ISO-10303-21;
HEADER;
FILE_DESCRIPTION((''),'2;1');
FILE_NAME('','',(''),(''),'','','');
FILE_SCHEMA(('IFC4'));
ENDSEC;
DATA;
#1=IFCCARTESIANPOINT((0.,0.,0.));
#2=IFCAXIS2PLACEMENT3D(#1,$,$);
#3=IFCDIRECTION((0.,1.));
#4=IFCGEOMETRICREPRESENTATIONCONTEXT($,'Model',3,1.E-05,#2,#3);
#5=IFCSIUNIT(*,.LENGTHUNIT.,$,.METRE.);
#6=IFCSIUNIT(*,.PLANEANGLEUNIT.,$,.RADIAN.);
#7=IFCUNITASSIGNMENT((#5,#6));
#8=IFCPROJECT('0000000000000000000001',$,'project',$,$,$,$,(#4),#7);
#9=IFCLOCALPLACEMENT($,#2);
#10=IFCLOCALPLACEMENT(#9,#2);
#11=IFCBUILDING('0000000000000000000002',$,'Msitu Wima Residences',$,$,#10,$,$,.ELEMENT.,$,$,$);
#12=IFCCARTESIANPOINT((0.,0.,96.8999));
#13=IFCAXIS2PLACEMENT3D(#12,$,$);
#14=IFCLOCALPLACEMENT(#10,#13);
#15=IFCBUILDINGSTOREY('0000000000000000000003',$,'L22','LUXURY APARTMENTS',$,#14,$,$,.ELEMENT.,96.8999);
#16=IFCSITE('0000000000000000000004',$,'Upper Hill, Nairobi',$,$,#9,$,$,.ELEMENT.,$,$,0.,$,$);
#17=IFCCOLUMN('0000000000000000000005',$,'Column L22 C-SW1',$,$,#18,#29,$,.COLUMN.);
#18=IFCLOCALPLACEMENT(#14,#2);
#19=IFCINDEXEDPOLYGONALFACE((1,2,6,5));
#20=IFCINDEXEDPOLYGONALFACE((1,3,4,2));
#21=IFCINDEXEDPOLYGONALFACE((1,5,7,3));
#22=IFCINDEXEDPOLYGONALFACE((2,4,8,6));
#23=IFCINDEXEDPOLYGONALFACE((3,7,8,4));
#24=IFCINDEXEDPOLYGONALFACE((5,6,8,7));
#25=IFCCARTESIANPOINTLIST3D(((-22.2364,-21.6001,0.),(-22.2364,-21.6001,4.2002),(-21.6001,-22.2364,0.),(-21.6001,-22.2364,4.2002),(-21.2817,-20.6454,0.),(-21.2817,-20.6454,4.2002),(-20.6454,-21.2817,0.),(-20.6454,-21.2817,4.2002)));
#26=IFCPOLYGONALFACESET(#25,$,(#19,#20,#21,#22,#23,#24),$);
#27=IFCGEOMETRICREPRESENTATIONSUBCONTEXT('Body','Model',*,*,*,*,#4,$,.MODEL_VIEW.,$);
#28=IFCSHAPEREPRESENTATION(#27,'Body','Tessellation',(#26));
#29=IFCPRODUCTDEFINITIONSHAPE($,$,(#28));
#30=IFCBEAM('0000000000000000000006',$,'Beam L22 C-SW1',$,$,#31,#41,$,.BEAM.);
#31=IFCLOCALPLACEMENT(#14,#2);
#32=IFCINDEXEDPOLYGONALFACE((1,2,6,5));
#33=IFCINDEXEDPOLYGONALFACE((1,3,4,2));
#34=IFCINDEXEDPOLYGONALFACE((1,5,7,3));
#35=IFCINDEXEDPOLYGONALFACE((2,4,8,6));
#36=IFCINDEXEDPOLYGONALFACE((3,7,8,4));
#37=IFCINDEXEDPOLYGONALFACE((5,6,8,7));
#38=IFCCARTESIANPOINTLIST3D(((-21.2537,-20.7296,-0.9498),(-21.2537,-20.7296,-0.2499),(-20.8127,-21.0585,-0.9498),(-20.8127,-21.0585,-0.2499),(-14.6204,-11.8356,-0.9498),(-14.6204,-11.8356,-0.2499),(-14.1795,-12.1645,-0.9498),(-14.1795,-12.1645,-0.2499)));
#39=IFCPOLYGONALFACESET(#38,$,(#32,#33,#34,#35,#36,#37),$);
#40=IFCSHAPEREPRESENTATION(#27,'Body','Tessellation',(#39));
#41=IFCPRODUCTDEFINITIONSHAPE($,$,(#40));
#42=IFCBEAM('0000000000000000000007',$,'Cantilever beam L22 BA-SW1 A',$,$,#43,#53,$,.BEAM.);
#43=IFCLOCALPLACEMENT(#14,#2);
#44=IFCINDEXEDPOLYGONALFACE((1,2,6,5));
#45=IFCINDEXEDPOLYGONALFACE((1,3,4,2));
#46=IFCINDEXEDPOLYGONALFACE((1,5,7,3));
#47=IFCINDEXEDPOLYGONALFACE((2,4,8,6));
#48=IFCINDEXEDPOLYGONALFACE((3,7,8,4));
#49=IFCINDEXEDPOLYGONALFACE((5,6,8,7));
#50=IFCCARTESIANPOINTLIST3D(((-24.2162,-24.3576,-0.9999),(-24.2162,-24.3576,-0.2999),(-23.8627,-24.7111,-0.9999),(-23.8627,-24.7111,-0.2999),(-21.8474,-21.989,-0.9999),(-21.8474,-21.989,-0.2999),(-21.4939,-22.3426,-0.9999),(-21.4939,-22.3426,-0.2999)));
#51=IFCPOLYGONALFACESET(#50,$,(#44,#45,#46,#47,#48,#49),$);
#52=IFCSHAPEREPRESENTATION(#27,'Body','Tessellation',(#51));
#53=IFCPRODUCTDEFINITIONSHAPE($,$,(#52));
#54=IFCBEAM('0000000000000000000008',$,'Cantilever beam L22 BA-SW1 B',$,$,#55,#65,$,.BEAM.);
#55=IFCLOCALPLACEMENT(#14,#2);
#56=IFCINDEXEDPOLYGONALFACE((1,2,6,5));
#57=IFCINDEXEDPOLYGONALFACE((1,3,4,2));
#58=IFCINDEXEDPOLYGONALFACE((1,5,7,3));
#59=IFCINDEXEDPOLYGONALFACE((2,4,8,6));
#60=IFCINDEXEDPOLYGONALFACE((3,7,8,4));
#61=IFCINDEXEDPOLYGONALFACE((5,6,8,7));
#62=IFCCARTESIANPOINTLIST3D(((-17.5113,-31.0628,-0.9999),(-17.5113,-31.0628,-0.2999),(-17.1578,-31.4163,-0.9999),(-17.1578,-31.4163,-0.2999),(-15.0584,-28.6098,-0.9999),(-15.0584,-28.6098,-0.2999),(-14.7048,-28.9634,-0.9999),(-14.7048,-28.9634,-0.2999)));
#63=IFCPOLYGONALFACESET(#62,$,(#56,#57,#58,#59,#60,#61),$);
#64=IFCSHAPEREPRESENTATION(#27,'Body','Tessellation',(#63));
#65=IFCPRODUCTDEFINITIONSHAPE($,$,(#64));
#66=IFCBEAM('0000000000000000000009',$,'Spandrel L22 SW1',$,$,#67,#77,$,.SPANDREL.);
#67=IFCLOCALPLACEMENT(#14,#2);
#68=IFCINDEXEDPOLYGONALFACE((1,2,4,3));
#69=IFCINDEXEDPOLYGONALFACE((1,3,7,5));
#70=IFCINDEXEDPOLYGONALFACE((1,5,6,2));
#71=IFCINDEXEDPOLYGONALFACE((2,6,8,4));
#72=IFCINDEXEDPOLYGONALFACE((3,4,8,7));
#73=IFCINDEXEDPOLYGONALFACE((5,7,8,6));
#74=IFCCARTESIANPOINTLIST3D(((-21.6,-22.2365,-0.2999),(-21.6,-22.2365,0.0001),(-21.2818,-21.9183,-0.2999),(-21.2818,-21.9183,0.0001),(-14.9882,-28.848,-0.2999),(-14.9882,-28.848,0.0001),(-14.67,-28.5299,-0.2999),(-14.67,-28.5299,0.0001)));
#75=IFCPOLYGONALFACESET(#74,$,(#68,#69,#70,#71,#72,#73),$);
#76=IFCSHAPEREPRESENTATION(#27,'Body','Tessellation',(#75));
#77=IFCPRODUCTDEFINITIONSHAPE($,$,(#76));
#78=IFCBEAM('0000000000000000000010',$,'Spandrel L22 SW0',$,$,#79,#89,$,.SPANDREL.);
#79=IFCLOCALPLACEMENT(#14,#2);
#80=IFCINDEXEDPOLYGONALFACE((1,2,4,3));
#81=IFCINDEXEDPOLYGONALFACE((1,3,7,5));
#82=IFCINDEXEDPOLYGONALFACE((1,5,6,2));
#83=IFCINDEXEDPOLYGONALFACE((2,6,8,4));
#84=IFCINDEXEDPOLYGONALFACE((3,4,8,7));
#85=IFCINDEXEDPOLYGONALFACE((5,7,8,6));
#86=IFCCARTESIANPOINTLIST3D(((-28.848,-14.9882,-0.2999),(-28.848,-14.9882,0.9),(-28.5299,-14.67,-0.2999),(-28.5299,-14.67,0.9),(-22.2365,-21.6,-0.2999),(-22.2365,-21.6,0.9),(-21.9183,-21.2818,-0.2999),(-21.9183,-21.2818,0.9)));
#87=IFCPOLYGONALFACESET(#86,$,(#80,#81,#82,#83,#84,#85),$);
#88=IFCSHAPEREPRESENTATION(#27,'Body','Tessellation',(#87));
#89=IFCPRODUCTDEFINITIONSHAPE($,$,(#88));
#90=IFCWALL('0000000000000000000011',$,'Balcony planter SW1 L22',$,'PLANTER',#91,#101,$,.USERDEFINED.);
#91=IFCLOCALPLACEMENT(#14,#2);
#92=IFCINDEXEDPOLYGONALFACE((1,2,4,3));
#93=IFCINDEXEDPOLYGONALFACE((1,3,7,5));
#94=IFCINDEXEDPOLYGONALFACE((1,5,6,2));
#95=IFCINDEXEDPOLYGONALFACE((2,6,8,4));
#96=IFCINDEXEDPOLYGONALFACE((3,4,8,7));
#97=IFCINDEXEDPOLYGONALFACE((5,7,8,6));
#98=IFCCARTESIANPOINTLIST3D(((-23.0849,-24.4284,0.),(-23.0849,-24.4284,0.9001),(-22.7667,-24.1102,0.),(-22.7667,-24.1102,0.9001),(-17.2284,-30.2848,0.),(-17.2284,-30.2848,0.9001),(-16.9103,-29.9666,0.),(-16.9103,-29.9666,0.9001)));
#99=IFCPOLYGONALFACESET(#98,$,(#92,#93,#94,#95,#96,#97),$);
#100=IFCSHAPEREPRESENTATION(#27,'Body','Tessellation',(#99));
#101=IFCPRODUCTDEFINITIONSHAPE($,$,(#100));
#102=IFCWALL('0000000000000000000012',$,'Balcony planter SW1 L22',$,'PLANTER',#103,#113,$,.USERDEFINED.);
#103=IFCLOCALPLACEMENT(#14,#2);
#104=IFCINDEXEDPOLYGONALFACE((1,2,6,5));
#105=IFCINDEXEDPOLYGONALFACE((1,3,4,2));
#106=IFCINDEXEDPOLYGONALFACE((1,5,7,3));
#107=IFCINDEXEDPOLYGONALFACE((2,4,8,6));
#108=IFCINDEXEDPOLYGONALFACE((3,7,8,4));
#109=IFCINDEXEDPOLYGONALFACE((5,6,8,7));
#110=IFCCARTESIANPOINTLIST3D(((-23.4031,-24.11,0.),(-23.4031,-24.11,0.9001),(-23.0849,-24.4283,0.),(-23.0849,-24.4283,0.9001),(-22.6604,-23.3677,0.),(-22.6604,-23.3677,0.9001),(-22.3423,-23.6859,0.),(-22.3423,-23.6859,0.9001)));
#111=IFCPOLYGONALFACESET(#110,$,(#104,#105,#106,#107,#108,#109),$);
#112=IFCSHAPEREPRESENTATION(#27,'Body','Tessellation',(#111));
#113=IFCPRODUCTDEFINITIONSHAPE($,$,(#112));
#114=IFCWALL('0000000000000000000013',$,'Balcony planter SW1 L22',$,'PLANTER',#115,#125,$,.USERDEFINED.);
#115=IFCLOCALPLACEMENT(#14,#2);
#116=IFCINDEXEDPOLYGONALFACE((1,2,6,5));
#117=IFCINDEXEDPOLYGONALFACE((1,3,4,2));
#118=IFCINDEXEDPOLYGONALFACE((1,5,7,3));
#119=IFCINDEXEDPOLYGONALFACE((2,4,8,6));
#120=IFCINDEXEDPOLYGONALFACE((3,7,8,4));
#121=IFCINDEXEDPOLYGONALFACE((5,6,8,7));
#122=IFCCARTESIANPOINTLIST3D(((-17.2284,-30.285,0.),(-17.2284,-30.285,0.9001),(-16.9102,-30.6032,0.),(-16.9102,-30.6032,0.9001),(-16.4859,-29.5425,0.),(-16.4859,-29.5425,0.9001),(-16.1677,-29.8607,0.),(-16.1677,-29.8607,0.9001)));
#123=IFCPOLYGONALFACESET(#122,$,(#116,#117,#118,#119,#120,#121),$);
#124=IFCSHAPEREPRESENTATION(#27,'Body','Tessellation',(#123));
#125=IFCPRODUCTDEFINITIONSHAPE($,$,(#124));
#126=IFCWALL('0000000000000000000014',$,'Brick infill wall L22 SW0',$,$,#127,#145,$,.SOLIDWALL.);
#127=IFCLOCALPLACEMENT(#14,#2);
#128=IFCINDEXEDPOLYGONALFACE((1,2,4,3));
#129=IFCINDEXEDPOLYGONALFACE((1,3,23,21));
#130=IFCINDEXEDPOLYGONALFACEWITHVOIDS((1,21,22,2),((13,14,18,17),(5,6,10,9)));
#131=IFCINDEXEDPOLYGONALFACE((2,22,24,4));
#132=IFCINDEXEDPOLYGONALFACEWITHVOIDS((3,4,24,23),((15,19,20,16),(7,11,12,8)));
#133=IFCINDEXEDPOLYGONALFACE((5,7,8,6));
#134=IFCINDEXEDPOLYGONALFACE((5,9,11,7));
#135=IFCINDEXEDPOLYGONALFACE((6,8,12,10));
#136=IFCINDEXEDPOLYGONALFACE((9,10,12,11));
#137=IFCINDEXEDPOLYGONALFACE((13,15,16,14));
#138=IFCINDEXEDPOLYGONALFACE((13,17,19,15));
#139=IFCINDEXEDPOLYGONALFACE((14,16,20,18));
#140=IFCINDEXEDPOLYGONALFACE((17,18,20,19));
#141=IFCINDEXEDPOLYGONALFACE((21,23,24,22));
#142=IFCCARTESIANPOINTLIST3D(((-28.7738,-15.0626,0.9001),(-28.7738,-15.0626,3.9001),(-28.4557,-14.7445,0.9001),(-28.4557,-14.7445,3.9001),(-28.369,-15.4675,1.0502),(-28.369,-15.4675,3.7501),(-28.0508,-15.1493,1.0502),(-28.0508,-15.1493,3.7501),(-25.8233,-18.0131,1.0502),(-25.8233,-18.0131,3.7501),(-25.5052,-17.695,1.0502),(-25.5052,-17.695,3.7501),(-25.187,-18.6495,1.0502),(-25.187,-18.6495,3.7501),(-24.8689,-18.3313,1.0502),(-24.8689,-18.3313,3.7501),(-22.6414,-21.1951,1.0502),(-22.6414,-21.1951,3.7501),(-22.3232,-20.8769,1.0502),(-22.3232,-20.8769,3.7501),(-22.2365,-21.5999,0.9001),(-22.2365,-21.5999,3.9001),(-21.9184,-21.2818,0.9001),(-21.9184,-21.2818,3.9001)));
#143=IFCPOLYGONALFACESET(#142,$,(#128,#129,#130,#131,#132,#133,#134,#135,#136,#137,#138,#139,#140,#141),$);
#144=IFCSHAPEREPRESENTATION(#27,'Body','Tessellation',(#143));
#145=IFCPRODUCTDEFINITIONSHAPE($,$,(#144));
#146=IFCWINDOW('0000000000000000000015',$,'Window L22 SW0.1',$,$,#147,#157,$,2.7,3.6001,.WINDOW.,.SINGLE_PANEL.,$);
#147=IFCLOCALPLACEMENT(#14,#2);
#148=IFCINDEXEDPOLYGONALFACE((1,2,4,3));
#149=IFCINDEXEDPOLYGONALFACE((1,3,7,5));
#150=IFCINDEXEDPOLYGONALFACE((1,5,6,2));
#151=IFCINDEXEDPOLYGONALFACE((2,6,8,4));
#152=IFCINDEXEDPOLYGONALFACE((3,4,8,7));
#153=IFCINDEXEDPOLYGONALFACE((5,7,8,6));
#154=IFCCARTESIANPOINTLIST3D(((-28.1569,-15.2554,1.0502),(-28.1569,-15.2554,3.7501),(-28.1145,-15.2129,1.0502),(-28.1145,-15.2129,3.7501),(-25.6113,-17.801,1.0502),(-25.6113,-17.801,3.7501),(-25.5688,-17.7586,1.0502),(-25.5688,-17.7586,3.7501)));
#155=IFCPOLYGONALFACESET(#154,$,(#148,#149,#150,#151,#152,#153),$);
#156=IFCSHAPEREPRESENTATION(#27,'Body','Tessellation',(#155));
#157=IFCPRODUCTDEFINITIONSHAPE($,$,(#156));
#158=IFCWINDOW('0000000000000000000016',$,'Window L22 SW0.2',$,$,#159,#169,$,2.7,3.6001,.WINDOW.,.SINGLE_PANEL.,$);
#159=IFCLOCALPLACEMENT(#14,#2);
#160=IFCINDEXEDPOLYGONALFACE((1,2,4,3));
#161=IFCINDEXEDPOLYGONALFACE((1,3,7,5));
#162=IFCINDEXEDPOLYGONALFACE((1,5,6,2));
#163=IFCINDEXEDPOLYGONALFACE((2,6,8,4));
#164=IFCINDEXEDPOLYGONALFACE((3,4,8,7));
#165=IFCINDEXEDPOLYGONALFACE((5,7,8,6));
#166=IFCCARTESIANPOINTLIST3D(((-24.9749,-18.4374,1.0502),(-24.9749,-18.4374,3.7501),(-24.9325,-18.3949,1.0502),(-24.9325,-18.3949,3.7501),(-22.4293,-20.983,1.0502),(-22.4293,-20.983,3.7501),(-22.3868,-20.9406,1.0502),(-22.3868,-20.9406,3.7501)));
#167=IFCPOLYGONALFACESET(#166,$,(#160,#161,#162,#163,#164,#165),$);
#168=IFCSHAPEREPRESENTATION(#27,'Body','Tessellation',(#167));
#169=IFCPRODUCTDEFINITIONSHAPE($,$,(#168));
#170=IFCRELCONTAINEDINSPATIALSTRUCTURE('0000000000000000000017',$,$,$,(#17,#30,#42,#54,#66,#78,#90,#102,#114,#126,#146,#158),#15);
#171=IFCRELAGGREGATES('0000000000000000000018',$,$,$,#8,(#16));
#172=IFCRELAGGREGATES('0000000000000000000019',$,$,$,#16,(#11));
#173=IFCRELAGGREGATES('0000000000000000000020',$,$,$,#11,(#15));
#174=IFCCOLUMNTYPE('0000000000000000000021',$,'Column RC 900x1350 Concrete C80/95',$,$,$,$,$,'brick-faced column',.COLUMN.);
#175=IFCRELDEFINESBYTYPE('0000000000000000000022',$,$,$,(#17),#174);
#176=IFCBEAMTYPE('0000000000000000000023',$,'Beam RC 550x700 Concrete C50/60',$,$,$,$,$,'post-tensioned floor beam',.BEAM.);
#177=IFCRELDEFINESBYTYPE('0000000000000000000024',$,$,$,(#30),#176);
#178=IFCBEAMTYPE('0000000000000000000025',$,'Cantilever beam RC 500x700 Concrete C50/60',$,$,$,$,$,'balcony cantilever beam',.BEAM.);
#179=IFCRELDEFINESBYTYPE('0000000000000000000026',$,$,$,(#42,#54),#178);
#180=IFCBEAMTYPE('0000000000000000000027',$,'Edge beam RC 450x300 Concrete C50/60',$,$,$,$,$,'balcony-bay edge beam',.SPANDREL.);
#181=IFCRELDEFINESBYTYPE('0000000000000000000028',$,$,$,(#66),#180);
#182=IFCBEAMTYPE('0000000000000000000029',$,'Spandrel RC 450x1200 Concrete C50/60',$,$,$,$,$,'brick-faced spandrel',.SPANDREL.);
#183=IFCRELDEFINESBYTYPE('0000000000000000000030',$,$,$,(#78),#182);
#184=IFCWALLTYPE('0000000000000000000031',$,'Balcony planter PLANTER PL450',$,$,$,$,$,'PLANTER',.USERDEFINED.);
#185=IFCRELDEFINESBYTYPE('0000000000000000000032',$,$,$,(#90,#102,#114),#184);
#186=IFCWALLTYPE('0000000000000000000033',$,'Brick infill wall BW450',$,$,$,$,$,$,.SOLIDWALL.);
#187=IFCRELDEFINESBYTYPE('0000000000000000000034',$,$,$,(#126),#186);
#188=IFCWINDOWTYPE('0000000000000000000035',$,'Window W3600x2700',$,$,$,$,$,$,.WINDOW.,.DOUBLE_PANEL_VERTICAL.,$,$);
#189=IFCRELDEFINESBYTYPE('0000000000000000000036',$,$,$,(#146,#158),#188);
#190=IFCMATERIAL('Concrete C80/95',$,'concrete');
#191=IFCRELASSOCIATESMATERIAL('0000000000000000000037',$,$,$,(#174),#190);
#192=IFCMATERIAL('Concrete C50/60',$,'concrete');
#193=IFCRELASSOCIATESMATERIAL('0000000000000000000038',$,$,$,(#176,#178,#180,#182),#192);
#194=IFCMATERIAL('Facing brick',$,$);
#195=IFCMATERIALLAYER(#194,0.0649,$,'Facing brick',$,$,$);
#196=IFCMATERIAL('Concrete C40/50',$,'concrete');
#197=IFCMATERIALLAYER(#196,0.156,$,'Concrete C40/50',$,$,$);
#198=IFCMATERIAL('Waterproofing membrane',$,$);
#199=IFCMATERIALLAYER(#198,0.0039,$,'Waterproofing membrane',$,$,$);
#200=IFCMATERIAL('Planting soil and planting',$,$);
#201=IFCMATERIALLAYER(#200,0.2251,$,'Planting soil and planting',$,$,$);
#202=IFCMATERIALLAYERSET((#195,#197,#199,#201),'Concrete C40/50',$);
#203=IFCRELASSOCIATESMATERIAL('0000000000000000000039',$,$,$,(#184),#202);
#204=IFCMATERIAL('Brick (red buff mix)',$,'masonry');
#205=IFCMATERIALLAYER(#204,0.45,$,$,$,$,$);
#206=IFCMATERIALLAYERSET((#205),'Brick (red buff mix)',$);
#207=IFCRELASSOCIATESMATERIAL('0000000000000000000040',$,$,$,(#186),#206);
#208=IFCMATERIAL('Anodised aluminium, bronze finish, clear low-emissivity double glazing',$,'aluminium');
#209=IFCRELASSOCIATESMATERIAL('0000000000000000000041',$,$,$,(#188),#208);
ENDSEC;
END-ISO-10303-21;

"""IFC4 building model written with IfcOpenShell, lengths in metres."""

from ifc_helpers import new_model, si_unit, direction, frame, frame_2d, origin, origin_2d, place, context, subcontext, project, spatial, rectangle, extrude, material, layer, layer_set, material_profile, profile_set, type_object, element, fill, save


model = new_model("IFC4")

# Units and contexts
model_context = context("Model", 3, precision=1e-05, world=origin(), true_north=direction((0.0, 1.0)))
body_context = subcontext(model_context, "Body", "Model", "MODEL_VIEW")
ifc_project = project(units=[si_unit("LENGTHUNIT", "METRE"), si_unit("PLANEANGLEUNIT", "RADIAN")], contexts=[model_context])

# Site, building, storey
site_placement = place(None, origin())
site = spatial("IfcSite", under=ifc_project, at=site_placement, Name="Upper Hill, Nairobi", CompositionType="ELEMENT", RefElevation=0.0)
building_placement = place(site_placement, origin())
building = spatial("IfcBuilding", under=site, at=building_placement, Name="Msitu Wima Residences", CompositionType="ELEMENT")
storey_placement = place(building_placement, frame((0.0, 0.0, 96.8999)))
storey = spatial("IfcBuildingStorey", under=building, at=storey_placement, Name="L22", Description="LUXURY APARTMENTS", CompositionType="ELEMENT", Elevation=96.8999)

# Column
ifc_material_1 = material(Name="Concrete C80/95", Category="concrete")
ifc_material_profile_1 = material_profile(ifc_material_1, rectangle(XDim=0.8999, YDim=1.3501, at=origin_2d()), Name="RC 900x1350")
ifc_profile_set_1 = profile_set([ifc_material_profile_1], Name="Concrete C80/95")
column_type = type_object("IfcColumnType", Name="Column RC 900x1350 Concrete C80/95", ElementType="brick-faced column", PredefinedType="COLUMN", material=ifc_profile_set_1)
column_placement = place(storey_placement, frame((-21.4409, -21.4409, 0.0), z_axis=(0.0, 0.0, 1.0), x_axis=(0.707107, -0.707107, 0.0)))
element("IfcColumn", 1, at=column_placement, inside=storey, type_object=column_type, Name="Column L22 C-SW1", PredefinedType="COLUMN", context=body_context, shape_type="SweptSolid", body=[
    extrude(rectangle(XDim=0.8999, YDim=1.3501, at=origin_2d()), origin(), (0.0, 0.0, 1.0), 4.2002),
])

# Beams
ifc_material_2 = material(Name="Concrete C50/60", Category="concrete")
ifc_material_profile_2 = material_profile(ifc_material_2, rectangle(XDim=0.55, YDim=0.7, at=origin_2d()), Name="RC 550x700")
ifc_profile_set_2 = profile_set([ifc_material_profile_2], Name="Concrete C50/60")
beam_type_1 = type_object("IfcBeamType", Name="Beam RC 550x700 Concrete C50/60", ElementType="post-tensioned floor beam", PredefinedType="BEAM", material=ifc_profile_set_2)
beam_1_placement = place(storey_placement, frame((-21.0332, -20.894, -0.5999), z_axis=(0.59785, 0.801608, 0.0), x_axis=(-0.801608, 0.59785, 0.0)))
element("IfcBeam", 2, at=beam_1_placement, inside=storey, type_object=beam_type_1, Name="Beam L22 C-SW1", PredefinedType="BEAM", context=body_context, shape_type="SweptSolid", body=[
    extrude(rectangle(XDim=0.55, YDim=0.7, at=origin_2d()), origin(), (0.0, 0.0, 1.0), 11.0952),
])
ifc_material_profile_3 = material_profile(ifc_material_2, rectangle(XDim=0.5, YDim=0.7, at=origin_2d()), Name="RC 500x700")
ifc_profile_set_3 = profile_set([ifc_material_profile_3], Name="Concrete C50/60")
beam_type_2 = type_object("IfcBeamType", Name="Cantilever beam RC 500x700 Concrete C50/60", ElementType="balcony cantilever beam", PredefinedType="BEAM", material=ifc_profile_set_3)
beam_2_placement = place(storey_placement, frame((-21.6707, -22.1658, -0.6499), z_axis=(-0.707143, -0.70707, 0.0), x_axis=(0.70707, -0.707143, 0.0)))
element("IfcBeam", 3, at=beam_2_placement, inside=storey, type_object=beam_type_2, Name="Cantilever beam L22 BA-SW1 A", PredefinedType="BEAM", context=body_context, shape_type="SweptSolid", body=[
    extrude(rectangle(XDim=0.5, YDim=0.7, at=origin_2d()), origin(), (0.0, 0.0, 1.0), 3.3499),
])
beam_3_placement = place(storey_placement, frame((-14.8816, -28.7866, -0.6499), z_axis=(-0.707107, -0.707107, 0.0), x_axis=(0.707107, -0.707107, 0.0)))
element("IfcBeam", 4, at=beam_3_placement, inside=storey, type_object=beam_type_2, Name="Cantilever beam L22 BA-SW1 B", PredefinedType="BEAM", context=body_context, shape_type="SweptSolid", body=[
    extrude(rectangle(XDim=0.5, YDim=0.7, at=origin_2d()), origin(), (0.0, 0.0, 1.0), 3.469),
])
ifc_material_profile_4 = material_profile(ifc_material_2, rectangle(XDim=0.45, YDim=0.3, at=origin_2d()), Name="RC 450x300")
ifc_profile_set_4 = profile_set([ifc_material_profile_4], Name="Concrete C50/60")
beam_type_3 = type_object("IfcBeamType", Name="Edge beam RC 450x300 Concrete C50/60", ElementType="balcony-bay edge beam", PredefinedType="SPANDREL", material=ifc_profile_set_4)
beam_4_placement = place(storey_placement, frame((-21.4409, -22.0774, -0.1499), z_axis=(0.70712, -0.707094, 0.0), x_axis=(0.707094, 0.70712, 0.0)))
element("IfcBeam", 5, at=beam_4_placement, inside=storey, type_object=beam_type_3, Name="Spandrel L22 SW1", PredefinedType="SPANDREL", context=body_context, shape_type="SweptSolid", body=[
    extrude(rectangle(XDim=0.45, YDim=0.3, at=origin_2d()), origin(), (0.0, 0.0, 1.0), 9.3503),
])
ifc_material_profile_5 = material_profile(ifc_material_2, rectangle(XDim=0.45, YDim=1.2, at=origin_2d()), Name="RC 450x1200")
ifc_profile_set_5 = profile_set([ifc_material_profile_5], Name="Concrete C50/60")
beam_type_4 = type_object("IfcBeamType", Name="Spandrel RC 450x1200 Concrete C50/60", ElementType="brick-faced spandrel", PredefinedType="SPANDREL", material=ifc_profile_set_5)
beam_5_placement = place(storey_placement, frame((-28.689, -14.8291, 0.3), z_axis=(0.707094, -0.70712, 0.0), x_axis=(0.70712, 0.707094, 0.0)))
element("IfcBeam", 6, at=beam_5_placement, inside=storey, type_object=beam_type_4, Name="Spandrel L22 SW0", PredefinedType="SPANDREL", context=body_context, shape_type="SweptSolid", body=[
    extrude(rectangle(XDim=0.45, YDim=1.2, at=origin_2d()), origin(), (0.0, 0.0, 1.0), 9.3503),
])

# Walls
ifc_material_3 = material(Name="Facing brick")
ifc_layer_1 = layer(ifc_material_3, 0.0649, Name="Facing brick")
ifc_material_4 = material(Name="Concrete C40/50", Category="concrete")
ifc_layer_2 = layer(ifc_material_4, 0.156, Name="Concrete C40/50")
ifc_material_5 = material(Name="Waterproofing membrane")
ifc_layer_3 = layer(ifc_material_5, 0.0039, Name="Waterproofing membrane")
ifc_material_6 = material(Name="Planting soil and planting")
ifc_layer_4 = layer(ifc_material_6, 0.2251, Name="Planting soil and planting")
ifc_layer_set_1 = layer_set([ifc_layer_1, ifc_layer_2, ifc_layer_3, ifc_layer_4], Name="Concrete C40/50")
wall_type_1 = type_object("IfcWallType", Name="Balcony planter PLANTER PL450", ElementType="PLANTER", PredefinedType="USERDEFINED", material=ifc_layer_set_1)
wall_1_placement = place(storey_placement, frame((-22.9258, -24.2693, 0.0), z_axis=(0.0, 0.0, 1.0), x_axis=(0.707107, -0.707107, 0.0)))
element("IfcWall", 7, at=wall_1_placement, inside=storey, type_object=wall_type_1, Name="Balcony planter SW1 L22", ObjectType="PLANTER", PredefinedType="USERDEFINED", context=body_context, shape_type="SweptSolid", body=[
    extrude(rectangle(XDim=8.2822, YDim=0.45, at=frame_2d((4.1411, 0.0))), origin(), (0.0, 0.0, 1.0), 0.9001),
])
for number, where, z_axis, x_axis, name in (
    (8, (-22.5015, -23.5269, 0.0), (0.0, 0.0, 1.0), (-0.707223, -0.706991, 0.0), "Balcony planter SW1 L22"),
    (9, (-16.3269, -29.7017, 0.0), (0.0, 0.0, 1.0), (-0.707107, -0.707107, 0.0), "Balcony planter SW1 L22"),
):
    element("IfcWall", number, at=place(storey_placement, frame(where, z_axis=z_axis, x_axis=x_axis)), inside=storey, type_object=wall_type_1, Name=name, ObjectType="PLANTER", PredefinedType="USERDEFINED", context=body_context, shape_type="SweptSolid", body=[
        extrude(rectangle(XDim=1.05, YDim=0.45, at=frame_2d((0.5249, 0.0))), origin(), (0.0, 0.0, 1.0), 0.9001),
    ])

# Wall, openings, windows
ifc_material_7 = material(Name="Brick (red buff mix)", Category="masonry")
ifc_layer_5 = layer(ifc_material_7, 0.45)
ifc_layer_set_2 = layer_set([ifc_layer_5], Name="Brick (red buff mix)")
wall_type_2 = type_object("IfcWallType", Name="Brick infill wall BW450", PredefinedType="SOLIDWALL", material=ifc_layer_set_2)
wall_2_placement = place(storey_placement, frame((-28.6147, -14.9036, 0.9001), z_axis=(0.0, 0.0, 1.0), x_axis=(0.707107, -0.707107, 0.0)))
wall_2 = element("IfcWall", 10, at=wall_2_placement, inside=storey, type_object=wall_type_2, Name="Brick infill wall L22 SW0", PredefinedType="SOLIDWALL", context=body_context, shape_type="SweptSolid", body=[
    extrude(rectangle(XDim=9.2451, YDim=0.45, at=frame_2d((4.6226, 0.0))), origin(), (0.0, 0.0, 1.0), 3.0),
])
opening_1_placement = place(wall_2_placement, frame((0.5725, 0.0, 0.1499)))
opening_1 = element("IfcOpeningElement", 11, at=opening_1_placement, cuts=wall_2, PredefinedType="OPENING", context=body_context, shape_type="SweptSolid", body=[
    extrude(rectangle(XDim=3.6001, YDim=2.7, at=frame_2d((1.8, 1.3501))), frame((0.0, 0.2349, 0.0), z_axis=(0.0, -1.0, 0.0), x_axis=(1.0, 0.0, 0.0)), (0.0, 0.0, 1.0), 0.47),
])
opening_2_placement = place(wall_2_placement, frame((5.0725, 0.0, 0.1499)))
opening_2 = element("IfcOpeningElement", 12, at=opening_2_placement, cuts=wall_2, PredefinedType="OPENING", context=body_context, shape_type="SweptSolid", body=[
    extrude(rectangle(XDim=3.6001, YDim=2.7, at=frame_2d((1.8, 1.3501))), frame((0.0, 0.2349, 0.0), z_axis=(0.0, -1.0, 0.0), x_axis=(1.0, 0.0, 0.0)), (0.0, 0.0, 1.0), 0.47),
])
ifc_material_8 = material(Name="Anodised aluminium, bronze finish, clear low-emissivity double glazing", Category="aluminium")
window_type = type_object("IfcWindowType", Name="Window W3600x2700", PartitioningType="DOUBLE_PANEL_VERTICAL", PredefinedType="WINDOW", material=ifc_material_8)
window_1_placement = place(opening_1_placement, origin())
window_1 = element("IfcWindow", 13, at=window_1_placement, inside=storey, type_object=window_type, Name="Window L22 SW0.1", OverallHeight=2.7, OverallWidth=3.6001, PartitioningType="SINGLE_PANEL", PredefinedType="WINDOW", context=body_context, shape_type="SweptSolid", body=[
    extrude(rectangle(XDim=3.6001, YDim=2.7, at=frame_2d((1.8, 1.3501))), frame((0.0, 0.135, 0.0), z_axis=(0.0, -1.0, 0.0), x_axis=(1.0, 0.0, 0.0)), (0.0, 0.0, 1.0), 0.0601),
])
fill(opening_1, window_1)
window_2_placement = place(opening_2_placement, origin())
window_2 = element("IfcWindow", 14, at=window_2_placement, inside=storey, type_object=window_type, Name="Window L22 SW0.2", OverallHeight=2.7, OverallWidth=3.6001, PartitioningType="SINGLE_PANEL", PredefinedType="WINDOW", context=body_context, shape_type="SweptSolid", body=[
    extrude(rectangle(XDim=3.6001, YDim=2.7, at=frame_2d((1.8, 1.3501))), frame((0.0, 0.135, 0.0), z_axis=(0.0, -1.0, 0.0), x_axis=(1.0, 0.0, 0.0)), (0.0, 0.0, 1.0), 0.0601),
])
fill(opening_2, window_2)

save(model, "model.ifc")
